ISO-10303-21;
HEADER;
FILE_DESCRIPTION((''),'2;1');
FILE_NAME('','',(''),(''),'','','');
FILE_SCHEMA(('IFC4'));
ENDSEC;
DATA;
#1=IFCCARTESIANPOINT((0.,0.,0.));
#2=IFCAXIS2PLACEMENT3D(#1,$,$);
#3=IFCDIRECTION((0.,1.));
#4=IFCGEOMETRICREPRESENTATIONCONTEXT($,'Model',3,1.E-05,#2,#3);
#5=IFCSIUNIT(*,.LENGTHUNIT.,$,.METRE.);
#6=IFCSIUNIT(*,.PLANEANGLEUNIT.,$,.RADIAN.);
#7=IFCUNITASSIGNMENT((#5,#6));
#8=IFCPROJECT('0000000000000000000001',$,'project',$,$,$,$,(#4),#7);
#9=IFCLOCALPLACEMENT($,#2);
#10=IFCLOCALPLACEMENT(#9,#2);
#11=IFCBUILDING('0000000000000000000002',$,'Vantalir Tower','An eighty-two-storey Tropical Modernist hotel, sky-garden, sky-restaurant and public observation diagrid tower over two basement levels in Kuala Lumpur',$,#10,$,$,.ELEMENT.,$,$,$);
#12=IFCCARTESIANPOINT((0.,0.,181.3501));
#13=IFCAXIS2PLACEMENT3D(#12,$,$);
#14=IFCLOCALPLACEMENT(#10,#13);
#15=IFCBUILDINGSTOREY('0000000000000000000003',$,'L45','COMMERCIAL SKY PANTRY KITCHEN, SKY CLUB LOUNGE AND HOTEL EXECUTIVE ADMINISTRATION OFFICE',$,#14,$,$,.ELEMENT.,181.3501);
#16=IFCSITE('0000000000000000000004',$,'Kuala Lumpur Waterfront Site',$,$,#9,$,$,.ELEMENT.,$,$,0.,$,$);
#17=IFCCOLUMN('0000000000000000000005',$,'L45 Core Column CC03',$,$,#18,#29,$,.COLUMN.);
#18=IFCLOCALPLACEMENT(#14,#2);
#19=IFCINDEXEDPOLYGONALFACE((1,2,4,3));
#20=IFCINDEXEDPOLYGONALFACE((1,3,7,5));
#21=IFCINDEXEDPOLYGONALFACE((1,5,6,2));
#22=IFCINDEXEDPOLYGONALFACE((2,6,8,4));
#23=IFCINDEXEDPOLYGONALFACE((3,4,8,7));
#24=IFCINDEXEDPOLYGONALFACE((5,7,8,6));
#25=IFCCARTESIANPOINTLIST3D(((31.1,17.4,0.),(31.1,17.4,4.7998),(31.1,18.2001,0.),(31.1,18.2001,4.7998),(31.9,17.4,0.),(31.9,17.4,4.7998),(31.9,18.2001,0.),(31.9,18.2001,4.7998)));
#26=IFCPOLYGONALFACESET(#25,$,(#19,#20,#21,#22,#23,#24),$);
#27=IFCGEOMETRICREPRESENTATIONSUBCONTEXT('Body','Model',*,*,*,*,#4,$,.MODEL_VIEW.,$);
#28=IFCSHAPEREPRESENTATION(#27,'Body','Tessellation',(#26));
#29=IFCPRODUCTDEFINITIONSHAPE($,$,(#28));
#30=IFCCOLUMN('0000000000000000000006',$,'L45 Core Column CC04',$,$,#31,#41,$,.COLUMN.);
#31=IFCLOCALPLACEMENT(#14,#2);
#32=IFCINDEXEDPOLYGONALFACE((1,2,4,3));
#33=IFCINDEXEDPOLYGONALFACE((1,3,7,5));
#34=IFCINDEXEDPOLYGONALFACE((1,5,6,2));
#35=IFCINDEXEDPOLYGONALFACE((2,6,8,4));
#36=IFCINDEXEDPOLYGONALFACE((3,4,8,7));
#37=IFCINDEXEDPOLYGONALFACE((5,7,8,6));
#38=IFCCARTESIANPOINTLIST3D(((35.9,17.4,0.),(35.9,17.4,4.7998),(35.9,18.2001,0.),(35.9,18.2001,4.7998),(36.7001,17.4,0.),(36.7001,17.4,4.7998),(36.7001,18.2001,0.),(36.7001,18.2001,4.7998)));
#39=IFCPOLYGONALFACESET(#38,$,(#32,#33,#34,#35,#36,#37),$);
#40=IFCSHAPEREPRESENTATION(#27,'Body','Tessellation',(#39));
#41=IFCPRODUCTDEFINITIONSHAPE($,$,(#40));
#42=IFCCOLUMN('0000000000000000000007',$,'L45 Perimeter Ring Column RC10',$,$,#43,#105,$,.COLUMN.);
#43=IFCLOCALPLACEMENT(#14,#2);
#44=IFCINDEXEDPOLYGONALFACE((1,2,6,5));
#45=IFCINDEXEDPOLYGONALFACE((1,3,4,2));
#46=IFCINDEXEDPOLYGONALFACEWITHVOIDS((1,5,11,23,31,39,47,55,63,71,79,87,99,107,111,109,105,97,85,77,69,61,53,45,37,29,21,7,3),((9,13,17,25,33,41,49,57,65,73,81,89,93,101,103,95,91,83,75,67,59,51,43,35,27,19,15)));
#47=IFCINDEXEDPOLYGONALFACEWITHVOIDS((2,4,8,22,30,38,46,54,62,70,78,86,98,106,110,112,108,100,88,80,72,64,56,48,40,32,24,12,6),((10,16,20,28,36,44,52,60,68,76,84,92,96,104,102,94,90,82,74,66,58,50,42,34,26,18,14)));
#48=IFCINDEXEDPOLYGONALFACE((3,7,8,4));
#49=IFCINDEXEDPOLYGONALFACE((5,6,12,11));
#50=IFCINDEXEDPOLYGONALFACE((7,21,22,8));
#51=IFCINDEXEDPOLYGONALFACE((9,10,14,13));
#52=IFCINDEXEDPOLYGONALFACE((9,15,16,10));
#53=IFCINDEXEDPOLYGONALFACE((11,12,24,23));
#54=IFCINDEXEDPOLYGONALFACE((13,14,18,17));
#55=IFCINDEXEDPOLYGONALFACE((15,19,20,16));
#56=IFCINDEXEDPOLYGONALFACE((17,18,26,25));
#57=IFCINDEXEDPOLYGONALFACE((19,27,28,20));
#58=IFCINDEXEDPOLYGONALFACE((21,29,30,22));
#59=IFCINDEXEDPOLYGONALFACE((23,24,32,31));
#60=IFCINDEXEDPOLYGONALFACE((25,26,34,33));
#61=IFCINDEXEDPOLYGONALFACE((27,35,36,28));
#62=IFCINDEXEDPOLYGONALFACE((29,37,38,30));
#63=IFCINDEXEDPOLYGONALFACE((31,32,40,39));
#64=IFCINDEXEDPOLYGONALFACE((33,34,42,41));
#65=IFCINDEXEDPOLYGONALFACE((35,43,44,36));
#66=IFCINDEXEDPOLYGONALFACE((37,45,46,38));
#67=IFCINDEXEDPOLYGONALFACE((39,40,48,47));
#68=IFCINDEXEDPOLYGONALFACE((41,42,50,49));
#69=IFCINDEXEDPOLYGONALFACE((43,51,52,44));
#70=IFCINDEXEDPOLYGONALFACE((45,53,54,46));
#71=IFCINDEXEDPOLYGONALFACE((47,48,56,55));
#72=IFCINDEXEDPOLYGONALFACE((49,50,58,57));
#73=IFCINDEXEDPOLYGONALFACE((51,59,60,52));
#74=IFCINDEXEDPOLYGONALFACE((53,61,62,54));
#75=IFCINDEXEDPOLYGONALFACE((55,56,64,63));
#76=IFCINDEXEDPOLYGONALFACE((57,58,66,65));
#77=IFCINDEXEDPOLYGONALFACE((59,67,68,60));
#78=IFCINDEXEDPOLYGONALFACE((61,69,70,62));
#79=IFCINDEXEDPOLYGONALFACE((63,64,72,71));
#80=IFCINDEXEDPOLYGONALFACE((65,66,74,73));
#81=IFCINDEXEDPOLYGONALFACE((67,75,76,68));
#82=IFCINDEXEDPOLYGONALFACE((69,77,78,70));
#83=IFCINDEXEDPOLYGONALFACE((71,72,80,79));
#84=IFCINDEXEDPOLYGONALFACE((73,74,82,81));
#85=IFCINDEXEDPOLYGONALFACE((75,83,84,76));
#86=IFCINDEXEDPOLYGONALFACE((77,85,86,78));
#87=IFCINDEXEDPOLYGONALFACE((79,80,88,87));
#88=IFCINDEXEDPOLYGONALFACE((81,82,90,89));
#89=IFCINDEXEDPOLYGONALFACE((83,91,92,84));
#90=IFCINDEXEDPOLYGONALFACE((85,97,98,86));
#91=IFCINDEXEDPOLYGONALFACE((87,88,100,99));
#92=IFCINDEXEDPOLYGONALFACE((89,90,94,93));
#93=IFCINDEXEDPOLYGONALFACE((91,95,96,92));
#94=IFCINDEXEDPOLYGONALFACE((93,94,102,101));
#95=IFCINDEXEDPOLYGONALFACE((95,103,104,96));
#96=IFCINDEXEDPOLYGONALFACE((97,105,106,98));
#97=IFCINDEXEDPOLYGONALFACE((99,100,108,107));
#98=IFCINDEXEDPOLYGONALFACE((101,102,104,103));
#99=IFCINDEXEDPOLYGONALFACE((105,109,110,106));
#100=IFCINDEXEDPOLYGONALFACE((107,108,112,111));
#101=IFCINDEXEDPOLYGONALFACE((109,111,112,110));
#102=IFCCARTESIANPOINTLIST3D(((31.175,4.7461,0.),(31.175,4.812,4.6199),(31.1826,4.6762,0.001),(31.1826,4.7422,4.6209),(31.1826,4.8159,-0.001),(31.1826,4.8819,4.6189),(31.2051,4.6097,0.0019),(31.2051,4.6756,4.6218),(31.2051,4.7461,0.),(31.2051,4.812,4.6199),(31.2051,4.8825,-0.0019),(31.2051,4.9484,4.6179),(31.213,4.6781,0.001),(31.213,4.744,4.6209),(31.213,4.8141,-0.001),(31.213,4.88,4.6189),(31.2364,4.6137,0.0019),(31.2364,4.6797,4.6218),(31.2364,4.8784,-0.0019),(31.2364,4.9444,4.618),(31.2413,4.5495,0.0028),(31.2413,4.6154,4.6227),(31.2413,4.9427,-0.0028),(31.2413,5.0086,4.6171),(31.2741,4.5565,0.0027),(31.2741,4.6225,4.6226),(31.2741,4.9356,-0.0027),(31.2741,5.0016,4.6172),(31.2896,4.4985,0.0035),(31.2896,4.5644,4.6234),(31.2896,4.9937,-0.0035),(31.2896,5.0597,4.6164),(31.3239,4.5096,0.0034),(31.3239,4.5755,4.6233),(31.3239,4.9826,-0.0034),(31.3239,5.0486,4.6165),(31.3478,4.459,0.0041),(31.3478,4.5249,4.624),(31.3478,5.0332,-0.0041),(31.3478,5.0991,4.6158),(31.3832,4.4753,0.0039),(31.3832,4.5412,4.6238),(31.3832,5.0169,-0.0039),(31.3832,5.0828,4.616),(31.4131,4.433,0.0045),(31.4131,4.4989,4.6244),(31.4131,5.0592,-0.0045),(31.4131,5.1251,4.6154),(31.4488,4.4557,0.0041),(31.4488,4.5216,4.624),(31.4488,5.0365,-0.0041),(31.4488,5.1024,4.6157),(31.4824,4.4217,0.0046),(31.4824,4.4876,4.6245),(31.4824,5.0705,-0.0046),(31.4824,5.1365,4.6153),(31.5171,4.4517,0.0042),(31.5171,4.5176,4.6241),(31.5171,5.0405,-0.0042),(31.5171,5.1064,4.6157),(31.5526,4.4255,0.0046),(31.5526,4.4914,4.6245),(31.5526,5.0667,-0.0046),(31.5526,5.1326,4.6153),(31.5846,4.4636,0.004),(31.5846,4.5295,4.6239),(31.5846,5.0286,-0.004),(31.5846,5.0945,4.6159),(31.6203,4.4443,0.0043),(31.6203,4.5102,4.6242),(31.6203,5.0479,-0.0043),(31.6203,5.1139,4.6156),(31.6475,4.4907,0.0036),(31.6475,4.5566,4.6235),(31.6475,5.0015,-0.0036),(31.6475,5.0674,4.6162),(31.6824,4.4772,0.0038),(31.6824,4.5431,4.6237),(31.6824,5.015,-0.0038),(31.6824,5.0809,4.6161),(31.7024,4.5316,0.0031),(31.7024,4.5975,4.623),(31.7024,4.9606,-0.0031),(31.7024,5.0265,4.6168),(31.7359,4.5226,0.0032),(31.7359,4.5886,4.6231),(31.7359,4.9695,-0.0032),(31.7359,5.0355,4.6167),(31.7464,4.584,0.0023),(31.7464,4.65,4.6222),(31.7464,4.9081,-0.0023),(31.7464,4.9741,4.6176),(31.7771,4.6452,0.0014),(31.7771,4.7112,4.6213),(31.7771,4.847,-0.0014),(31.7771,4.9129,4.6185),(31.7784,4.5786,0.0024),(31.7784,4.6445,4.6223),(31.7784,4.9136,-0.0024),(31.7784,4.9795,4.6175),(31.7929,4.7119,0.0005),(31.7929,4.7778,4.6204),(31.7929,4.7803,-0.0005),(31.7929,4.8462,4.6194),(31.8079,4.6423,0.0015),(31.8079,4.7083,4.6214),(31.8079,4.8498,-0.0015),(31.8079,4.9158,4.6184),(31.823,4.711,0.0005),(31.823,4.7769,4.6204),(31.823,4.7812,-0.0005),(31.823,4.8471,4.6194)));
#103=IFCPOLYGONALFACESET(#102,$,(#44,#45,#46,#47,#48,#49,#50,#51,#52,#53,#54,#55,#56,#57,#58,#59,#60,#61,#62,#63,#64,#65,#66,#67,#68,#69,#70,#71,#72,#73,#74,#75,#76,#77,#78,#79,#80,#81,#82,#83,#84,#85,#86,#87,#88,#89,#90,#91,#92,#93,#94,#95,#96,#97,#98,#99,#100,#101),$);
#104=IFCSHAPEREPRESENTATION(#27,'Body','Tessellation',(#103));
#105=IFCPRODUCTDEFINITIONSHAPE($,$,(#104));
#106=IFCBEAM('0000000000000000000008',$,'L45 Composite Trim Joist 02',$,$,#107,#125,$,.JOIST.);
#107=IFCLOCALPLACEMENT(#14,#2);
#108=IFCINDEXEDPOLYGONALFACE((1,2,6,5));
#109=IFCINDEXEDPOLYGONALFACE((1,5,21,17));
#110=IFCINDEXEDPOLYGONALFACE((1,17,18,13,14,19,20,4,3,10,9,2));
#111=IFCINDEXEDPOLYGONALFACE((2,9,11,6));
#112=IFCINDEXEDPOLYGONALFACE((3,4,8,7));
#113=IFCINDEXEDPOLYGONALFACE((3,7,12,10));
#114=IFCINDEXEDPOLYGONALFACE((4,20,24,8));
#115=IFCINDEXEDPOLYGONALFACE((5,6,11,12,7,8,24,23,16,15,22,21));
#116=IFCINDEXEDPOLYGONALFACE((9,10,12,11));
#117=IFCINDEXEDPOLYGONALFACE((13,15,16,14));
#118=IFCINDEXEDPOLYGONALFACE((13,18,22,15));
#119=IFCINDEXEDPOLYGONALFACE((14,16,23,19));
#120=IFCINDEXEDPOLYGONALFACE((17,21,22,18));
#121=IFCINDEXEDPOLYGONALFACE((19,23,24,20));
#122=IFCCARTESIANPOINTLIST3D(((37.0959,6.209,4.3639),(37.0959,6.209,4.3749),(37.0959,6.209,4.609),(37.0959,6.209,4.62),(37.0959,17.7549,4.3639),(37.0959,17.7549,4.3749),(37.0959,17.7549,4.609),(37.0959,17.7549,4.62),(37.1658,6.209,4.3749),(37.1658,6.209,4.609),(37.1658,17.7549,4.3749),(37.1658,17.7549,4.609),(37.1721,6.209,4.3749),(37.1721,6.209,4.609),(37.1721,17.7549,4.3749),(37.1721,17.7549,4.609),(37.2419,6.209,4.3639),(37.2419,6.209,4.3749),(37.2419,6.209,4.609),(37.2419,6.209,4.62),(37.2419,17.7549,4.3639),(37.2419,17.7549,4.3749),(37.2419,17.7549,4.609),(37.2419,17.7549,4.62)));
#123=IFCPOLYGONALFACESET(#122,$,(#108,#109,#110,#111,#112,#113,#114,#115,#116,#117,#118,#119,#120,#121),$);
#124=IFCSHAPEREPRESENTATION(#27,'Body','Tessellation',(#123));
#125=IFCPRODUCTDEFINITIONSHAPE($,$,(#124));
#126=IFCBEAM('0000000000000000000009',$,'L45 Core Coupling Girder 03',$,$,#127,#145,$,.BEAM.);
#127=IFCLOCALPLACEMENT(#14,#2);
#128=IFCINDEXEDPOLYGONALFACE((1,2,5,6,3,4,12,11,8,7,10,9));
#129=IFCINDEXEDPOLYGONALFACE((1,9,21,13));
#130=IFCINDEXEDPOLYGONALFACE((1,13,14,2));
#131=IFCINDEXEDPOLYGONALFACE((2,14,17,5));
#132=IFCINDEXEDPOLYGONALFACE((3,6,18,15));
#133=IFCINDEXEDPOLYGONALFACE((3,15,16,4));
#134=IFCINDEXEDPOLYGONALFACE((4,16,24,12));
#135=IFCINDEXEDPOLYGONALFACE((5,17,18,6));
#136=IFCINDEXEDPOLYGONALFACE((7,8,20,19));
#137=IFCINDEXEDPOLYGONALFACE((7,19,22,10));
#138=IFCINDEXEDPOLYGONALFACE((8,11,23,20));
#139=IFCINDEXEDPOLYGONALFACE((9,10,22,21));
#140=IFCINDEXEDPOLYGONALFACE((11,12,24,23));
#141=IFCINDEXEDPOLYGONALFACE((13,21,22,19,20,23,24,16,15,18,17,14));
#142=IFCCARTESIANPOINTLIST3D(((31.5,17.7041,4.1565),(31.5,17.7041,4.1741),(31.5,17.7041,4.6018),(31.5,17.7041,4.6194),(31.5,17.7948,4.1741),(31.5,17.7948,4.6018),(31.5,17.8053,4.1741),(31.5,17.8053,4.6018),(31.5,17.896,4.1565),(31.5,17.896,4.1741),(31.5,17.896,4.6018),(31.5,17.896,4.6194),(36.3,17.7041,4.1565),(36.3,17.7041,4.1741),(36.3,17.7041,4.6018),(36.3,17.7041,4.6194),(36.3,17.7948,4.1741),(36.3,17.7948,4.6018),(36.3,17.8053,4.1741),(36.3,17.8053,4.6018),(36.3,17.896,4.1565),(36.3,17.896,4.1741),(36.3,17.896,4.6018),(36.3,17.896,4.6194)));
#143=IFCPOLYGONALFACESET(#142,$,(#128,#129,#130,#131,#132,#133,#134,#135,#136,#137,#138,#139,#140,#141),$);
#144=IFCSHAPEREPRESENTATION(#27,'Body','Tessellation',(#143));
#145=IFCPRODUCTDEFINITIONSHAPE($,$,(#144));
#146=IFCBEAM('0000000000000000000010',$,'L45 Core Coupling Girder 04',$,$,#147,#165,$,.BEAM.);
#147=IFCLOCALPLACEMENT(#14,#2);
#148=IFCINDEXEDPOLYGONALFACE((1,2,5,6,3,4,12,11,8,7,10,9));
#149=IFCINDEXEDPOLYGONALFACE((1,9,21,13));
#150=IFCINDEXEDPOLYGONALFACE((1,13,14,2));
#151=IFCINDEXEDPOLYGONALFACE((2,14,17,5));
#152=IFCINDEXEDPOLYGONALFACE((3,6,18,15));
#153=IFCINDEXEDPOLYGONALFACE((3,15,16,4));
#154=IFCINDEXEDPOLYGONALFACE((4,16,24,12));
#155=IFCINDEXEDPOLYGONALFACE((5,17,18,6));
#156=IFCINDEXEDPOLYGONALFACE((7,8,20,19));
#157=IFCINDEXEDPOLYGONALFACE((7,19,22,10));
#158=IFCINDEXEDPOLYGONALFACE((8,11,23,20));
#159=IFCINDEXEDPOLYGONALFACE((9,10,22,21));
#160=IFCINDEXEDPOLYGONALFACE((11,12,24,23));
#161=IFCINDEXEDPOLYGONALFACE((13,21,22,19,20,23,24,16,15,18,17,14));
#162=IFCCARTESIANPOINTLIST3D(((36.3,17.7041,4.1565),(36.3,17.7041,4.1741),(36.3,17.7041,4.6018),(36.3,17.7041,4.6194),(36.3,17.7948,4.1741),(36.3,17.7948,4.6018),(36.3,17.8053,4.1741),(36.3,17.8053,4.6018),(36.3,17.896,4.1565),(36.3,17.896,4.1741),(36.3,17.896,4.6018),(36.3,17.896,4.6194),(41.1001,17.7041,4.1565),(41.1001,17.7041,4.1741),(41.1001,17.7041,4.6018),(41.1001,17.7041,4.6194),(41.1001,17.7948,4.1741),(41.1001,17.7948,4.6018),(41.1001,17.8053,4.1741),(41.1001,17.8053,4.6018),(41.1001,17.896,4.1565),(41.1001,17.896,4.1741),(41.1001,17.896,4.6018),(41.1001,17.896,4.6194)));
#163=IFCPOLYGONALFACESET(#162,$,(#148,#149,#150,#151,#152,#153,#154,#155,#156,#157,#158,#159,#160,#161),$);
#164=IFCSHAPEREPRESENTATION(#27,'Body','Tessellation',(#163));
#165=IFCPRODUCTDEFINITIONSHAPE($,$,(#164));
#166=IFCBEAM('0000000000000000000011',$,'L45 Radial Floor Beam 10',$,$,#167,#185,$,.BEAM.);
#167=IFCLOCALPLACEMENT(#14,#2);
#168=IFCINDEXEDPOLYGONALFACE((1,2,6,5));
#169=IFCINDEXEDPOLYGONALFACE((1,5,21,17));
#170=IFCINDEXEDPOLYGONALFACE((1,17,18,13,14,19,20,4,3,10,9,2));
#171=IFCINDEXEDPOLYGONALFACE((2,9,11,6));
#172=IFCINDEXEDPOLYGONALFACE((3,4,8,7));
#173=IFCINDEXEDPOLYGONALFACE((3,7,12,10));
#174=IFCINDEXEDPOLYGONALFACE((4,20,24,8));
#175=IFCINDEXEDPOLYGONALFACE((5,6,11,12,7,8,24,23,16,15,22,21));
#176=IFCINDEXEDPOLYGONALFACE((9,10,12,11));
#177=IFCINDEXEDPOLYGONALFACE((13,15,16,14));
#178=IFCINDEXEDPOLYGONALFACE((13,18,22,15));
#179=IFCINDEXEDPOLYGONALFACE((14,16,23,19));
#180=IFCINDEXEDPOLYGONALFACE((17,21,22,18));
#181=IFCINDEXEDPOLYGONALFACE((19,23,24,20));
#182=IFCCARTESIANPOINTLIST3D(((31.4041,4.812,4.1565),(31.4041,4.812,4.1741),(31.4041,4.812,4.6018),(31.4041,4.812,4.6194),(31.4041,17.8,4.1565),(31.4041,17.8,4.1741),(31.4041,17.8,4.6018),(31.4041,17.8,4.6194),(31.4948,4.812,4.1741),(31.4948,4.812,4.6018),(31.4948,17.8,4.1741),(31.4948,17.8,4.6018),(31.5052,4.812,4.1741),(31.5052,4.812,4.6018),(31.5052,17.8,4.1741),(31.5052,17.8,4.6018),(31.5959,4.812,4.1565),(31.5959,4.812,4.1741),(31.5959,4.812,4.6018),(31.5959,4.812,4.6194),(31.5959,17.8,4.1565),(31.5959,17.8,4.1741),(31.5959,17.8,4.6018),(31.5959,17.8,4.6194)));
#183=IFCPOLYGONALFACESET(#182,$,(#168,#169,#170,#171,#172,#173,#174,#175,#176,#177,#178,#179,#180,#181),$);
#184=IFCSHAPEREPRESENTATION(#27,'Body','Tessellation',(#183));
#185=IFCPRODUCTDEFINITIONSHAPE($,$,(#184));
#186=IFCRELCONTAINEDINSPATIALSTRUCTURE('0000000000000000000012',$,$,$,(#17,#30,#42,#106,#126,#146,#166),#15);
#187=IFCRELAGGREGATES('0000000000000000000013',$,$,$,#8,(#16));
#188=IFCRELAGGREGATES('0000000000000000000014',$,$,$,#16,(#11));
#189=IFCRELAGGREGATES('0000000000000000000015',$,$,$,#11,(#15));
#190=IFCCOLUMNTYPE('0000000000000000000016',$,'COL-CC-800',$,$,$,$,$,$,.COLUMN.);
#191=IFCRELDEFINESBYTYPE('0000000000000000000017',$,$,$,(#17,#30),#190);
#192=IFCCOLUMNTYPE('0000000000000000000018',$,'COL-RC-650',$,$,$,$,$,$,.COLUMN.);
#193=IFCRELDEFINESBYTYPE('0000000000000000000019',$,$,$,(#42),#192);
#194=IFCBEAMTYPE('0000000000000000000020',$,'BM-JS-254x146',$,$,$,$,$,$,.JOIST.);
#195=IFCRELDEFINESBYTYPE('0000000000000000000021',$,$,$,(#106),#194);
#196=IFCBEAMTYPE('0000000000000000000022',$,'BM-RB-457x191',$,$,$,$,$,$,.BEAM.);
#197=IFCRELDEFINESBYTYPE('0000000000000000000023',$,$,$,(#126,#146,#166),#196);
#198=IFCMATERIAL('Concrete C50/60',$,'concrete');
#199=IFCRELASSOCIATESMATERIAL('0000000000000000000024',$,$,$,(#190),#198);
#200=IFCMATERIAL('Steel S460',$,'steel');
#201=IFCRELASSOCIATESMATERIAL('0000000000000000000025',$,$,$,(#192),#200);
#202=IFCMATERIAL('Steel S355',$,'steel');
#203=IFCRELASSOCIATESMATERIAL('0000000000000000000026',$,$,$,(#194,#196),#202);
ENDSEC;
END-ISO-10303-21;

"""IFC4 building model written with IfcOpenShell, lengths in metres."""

from ifc_helpers import new_model, si_unit, direction, frame, origin, origin_2d, place, context, subcontext, project, spatial, rectangle, hollow_circle, i_section, extrude, material, material_profile, profile_set, type_object, element, save


model = new_model("IFC4")

# Units and contexts
model_context = context("Model", 3, precision=1e-05, world=origin(), true_north=direction((0.0, 1.0)))
body_context = subcontext(model_context, "Body", "Model", "MODEL_VIEW")
ifc_project = project(units=[si_unit("LENGTHUNIT", "METRE"), si_unit("PLANEANGLEUNIT", "RADIAN")], contexts=[model_context])

# Site, building, storey
site_placement = place(None, origin())
site = spatial("IfcSite", under=ifc_project, at=site_placement, Name="Kuala Lumpur Waterfront Site", CompositionType="ELEMENT", RefElevation=0.0)
building_placement = place(site_placement, origin())
building = spatial("IfcBuilding", under=site, at=building_placement, Name="Vantalir Tower", Description="An eighty-two-storey Tropical Modernist hotel, sky-garden, sky-restaurant and public observation diagrid tower over two basement levels in Kuala Lumpur", CompositionType="ELEMENT")
storey_placement = place(building_placement, frame((0.0, 0.0, 181.3501)))
storey = spatial("IfcBuildingStorey", under=building, at=storey_placement, Name="L45", Description="COMMERCIAL SKY PANTRY KITCHEN, SKY CLUB LOUNGE AND HOTEL EXECUTIVE ADMINISTRATION OFFICE", CompositionType="ELEMENT", Elevation=181.3501)

# Columns
ifc_material_1 = material(Name="Concrete C50/60", Category="concrete")
ifc_material_profile_1 = material_profile(ifc_material_1, rectangle(XDim=0.8, YDim=0.8, at=origin_2d()), Name="Concrete C50/60")
ifc_profile_set_1 = profile_set([ifc_material_profile_1], Name="Concrete C50/60")
column_type_1 = type_object("IfcColumnType", Name="COL-CC-800", PredefinedType="COLUMN", material=ifc_profile_set_1)
for number, where, z_axis, x_axis, name in (
    (1, (31.5, 17.8, 0.0), (0.0, 0.0, 1.0), (1.0, 0.0, 0.0), "L45 Core Column CC03"),
    (2, (36.3, 17.8, 0.0), (0.0, 0.0, 1.0), (1.0, 0.0, 0.0), "L45 Core Column CC04"),
):
    element("IfcColumn", number, at=place(storey_placement, frame(where, z_axis=z_axis, x_axis=x_axis)), inside=storey, type_object=column_type_1, Name=name, PredefinedType="COLUMN", context=body_context, shape_type="SweptSolid", body=[
        extrude(rectangle(XDim=0.8, YDim=0.8, at=origin_2d()), origin(), (0.0, 0.0, 1.0), 4.7998),
    ])
ifc_material_2 = material(Name="Steel S460", Category="steel")
ifc_material_profile_2 = material_profile(ifc_material_2, hollow_circle(Radius=0.325, WallThickness=0.03, at=origin_2d()), Name="Steel S460")
ifc_profile_set_2 = profile_set([ifc_material_profile_2], Name="Steel S460")
column_type_2 = type_object("IfcColumnType", Name="COL-RC-650", PredefinedType="COLUMN", material=ifc_profile_set_2)
column_placement = place(storey_placement, frame((31.5, 4.7461, 0.0), z_axis=(0.0, 0.014267, 0.999898), x_axis=(-1.0, 0.0, 0.0)))
element("IfcColumn", 3, at=column_placement, inside=storey, type_object=column_type_2, Name="L45 Perimeter Ring Column RC10", PredefinedType="COLUMN", context=body_context, shape_type="SweptSolid", body=[
    extrude(hollow_circle(Radius=0.325, WallThickness=0.03, at=origin_2d()), origin(), (0.0, 0.0, 1.0), 4.6204),
])

# Beams
ifc_material_3 = material(Name="Steel S355", Category="steel")
ifc_material_profile_3 = material_profile(ifc_material_3, i_section(OverallWidth=0.146, OverallDepth=0.2561, WebThickness=0.0063, FlangeThickness=0.011, at=origin_2d()), Name="Steel S355")
ifc_profile_set_3 = profile_set([ifc_material_profile_3], Name="Steel S355")
beam_type_1 = type_object("IfcBeamType", Name="BM-JS-254x146", PredefinedType="JOIST", material=ifc_profile_set_3)
beam_1_placement = place(storey_placement, frame((37.1689, 6.209, 4.4919), z_axis=(0.0, 1.0, 0.0), x_axis=(-1.0, 0.0, 0.0)))
element("IfcBeam", 4, at=beam_1_placement, inside=storey, type_object=beam_type_1, Name="L45 Composite Trim Joist 02", PredefinedType="JOIST", context=body_context, shape_type="SweptSolid", body=[
    extrude(i_section(OverallWidth=0.146, OverallDepth=0.2561, WebThickness=0.0063, FlangeThickness=0.011, at=origin_2d()), origin(), (0.0, 0.0, 1.0), 11.5459),
])
ifc_material_profile_4 = material_profile(ifc_material_3, i_section(OverallWidth=0.1919, OverallDepth=0.4629, WebThickness=0.0105, FlangeThickness=0.0176, at=origin_2d()), Name="Steel S355")
ifc_profile_set_4 = profile_set([ifc_material_profile_4], Name="Steel S355")
beam_type_2 = type_object("IfcBeamType", Name="BM-RB-457x191", PredefinedType="BEAM", material=ifc_profile_set_4)
for number, where, z_axis, x_axis, name in (
    (5, (31.5, 17.8, 4.3879), (1.0, 0.0, 0.0), (0.0, 1.0, 0.0), "L45 Core Coupling Girder 03"),
    (6, (36.3, 17.8, 4.3879), (1.0, 0.0, 0.0), (0.0, 1.0, 0.0), "L45 Core Coupling Girder 04"),
):
    element("IfcBeam", number, at=place(storey_placement, frame(where, z_axis=z_axis, x_axis=x_axis)), inside=storey, type_object=beam_type_2, Name=name, PredefinedType="BEAM", context=body_context, shape_type="SweptSolid", body=[
        extrude(i_section(OverallWidth=0.1919, OverallDepth=0.4629, WebThickness=0.0105, FlangeThickness=0.0176, at=origin_2d()), origin(), (0.0, 0.0, 1.0), 4.8),
    ])
beam_2_placement = place(storey_placement, frame((31.5, 4.812, 4.3879), z_axis=(0.0, 1.0, 0.0), x_axis=(-1.0, 0.0, 0.0)))
element("IfcBeam", 7, at=beam_2_placement, inside=storey, type_object=beam_type_2, Name="L45 Radial Floor Beam 10", PredefinedType="BEAM", context=body_context, shape_type="SweptSolid", body=[
    extrude(i_section(OverallWidth=0.1919, OverallDepth=0.4629, WebThickness=0.0105, FlangeThickness=0.0176, at=origin_2d()), origin(), (0.0, 0.0, 1.0), 12.988),
])

save(model, "model.ifc")
